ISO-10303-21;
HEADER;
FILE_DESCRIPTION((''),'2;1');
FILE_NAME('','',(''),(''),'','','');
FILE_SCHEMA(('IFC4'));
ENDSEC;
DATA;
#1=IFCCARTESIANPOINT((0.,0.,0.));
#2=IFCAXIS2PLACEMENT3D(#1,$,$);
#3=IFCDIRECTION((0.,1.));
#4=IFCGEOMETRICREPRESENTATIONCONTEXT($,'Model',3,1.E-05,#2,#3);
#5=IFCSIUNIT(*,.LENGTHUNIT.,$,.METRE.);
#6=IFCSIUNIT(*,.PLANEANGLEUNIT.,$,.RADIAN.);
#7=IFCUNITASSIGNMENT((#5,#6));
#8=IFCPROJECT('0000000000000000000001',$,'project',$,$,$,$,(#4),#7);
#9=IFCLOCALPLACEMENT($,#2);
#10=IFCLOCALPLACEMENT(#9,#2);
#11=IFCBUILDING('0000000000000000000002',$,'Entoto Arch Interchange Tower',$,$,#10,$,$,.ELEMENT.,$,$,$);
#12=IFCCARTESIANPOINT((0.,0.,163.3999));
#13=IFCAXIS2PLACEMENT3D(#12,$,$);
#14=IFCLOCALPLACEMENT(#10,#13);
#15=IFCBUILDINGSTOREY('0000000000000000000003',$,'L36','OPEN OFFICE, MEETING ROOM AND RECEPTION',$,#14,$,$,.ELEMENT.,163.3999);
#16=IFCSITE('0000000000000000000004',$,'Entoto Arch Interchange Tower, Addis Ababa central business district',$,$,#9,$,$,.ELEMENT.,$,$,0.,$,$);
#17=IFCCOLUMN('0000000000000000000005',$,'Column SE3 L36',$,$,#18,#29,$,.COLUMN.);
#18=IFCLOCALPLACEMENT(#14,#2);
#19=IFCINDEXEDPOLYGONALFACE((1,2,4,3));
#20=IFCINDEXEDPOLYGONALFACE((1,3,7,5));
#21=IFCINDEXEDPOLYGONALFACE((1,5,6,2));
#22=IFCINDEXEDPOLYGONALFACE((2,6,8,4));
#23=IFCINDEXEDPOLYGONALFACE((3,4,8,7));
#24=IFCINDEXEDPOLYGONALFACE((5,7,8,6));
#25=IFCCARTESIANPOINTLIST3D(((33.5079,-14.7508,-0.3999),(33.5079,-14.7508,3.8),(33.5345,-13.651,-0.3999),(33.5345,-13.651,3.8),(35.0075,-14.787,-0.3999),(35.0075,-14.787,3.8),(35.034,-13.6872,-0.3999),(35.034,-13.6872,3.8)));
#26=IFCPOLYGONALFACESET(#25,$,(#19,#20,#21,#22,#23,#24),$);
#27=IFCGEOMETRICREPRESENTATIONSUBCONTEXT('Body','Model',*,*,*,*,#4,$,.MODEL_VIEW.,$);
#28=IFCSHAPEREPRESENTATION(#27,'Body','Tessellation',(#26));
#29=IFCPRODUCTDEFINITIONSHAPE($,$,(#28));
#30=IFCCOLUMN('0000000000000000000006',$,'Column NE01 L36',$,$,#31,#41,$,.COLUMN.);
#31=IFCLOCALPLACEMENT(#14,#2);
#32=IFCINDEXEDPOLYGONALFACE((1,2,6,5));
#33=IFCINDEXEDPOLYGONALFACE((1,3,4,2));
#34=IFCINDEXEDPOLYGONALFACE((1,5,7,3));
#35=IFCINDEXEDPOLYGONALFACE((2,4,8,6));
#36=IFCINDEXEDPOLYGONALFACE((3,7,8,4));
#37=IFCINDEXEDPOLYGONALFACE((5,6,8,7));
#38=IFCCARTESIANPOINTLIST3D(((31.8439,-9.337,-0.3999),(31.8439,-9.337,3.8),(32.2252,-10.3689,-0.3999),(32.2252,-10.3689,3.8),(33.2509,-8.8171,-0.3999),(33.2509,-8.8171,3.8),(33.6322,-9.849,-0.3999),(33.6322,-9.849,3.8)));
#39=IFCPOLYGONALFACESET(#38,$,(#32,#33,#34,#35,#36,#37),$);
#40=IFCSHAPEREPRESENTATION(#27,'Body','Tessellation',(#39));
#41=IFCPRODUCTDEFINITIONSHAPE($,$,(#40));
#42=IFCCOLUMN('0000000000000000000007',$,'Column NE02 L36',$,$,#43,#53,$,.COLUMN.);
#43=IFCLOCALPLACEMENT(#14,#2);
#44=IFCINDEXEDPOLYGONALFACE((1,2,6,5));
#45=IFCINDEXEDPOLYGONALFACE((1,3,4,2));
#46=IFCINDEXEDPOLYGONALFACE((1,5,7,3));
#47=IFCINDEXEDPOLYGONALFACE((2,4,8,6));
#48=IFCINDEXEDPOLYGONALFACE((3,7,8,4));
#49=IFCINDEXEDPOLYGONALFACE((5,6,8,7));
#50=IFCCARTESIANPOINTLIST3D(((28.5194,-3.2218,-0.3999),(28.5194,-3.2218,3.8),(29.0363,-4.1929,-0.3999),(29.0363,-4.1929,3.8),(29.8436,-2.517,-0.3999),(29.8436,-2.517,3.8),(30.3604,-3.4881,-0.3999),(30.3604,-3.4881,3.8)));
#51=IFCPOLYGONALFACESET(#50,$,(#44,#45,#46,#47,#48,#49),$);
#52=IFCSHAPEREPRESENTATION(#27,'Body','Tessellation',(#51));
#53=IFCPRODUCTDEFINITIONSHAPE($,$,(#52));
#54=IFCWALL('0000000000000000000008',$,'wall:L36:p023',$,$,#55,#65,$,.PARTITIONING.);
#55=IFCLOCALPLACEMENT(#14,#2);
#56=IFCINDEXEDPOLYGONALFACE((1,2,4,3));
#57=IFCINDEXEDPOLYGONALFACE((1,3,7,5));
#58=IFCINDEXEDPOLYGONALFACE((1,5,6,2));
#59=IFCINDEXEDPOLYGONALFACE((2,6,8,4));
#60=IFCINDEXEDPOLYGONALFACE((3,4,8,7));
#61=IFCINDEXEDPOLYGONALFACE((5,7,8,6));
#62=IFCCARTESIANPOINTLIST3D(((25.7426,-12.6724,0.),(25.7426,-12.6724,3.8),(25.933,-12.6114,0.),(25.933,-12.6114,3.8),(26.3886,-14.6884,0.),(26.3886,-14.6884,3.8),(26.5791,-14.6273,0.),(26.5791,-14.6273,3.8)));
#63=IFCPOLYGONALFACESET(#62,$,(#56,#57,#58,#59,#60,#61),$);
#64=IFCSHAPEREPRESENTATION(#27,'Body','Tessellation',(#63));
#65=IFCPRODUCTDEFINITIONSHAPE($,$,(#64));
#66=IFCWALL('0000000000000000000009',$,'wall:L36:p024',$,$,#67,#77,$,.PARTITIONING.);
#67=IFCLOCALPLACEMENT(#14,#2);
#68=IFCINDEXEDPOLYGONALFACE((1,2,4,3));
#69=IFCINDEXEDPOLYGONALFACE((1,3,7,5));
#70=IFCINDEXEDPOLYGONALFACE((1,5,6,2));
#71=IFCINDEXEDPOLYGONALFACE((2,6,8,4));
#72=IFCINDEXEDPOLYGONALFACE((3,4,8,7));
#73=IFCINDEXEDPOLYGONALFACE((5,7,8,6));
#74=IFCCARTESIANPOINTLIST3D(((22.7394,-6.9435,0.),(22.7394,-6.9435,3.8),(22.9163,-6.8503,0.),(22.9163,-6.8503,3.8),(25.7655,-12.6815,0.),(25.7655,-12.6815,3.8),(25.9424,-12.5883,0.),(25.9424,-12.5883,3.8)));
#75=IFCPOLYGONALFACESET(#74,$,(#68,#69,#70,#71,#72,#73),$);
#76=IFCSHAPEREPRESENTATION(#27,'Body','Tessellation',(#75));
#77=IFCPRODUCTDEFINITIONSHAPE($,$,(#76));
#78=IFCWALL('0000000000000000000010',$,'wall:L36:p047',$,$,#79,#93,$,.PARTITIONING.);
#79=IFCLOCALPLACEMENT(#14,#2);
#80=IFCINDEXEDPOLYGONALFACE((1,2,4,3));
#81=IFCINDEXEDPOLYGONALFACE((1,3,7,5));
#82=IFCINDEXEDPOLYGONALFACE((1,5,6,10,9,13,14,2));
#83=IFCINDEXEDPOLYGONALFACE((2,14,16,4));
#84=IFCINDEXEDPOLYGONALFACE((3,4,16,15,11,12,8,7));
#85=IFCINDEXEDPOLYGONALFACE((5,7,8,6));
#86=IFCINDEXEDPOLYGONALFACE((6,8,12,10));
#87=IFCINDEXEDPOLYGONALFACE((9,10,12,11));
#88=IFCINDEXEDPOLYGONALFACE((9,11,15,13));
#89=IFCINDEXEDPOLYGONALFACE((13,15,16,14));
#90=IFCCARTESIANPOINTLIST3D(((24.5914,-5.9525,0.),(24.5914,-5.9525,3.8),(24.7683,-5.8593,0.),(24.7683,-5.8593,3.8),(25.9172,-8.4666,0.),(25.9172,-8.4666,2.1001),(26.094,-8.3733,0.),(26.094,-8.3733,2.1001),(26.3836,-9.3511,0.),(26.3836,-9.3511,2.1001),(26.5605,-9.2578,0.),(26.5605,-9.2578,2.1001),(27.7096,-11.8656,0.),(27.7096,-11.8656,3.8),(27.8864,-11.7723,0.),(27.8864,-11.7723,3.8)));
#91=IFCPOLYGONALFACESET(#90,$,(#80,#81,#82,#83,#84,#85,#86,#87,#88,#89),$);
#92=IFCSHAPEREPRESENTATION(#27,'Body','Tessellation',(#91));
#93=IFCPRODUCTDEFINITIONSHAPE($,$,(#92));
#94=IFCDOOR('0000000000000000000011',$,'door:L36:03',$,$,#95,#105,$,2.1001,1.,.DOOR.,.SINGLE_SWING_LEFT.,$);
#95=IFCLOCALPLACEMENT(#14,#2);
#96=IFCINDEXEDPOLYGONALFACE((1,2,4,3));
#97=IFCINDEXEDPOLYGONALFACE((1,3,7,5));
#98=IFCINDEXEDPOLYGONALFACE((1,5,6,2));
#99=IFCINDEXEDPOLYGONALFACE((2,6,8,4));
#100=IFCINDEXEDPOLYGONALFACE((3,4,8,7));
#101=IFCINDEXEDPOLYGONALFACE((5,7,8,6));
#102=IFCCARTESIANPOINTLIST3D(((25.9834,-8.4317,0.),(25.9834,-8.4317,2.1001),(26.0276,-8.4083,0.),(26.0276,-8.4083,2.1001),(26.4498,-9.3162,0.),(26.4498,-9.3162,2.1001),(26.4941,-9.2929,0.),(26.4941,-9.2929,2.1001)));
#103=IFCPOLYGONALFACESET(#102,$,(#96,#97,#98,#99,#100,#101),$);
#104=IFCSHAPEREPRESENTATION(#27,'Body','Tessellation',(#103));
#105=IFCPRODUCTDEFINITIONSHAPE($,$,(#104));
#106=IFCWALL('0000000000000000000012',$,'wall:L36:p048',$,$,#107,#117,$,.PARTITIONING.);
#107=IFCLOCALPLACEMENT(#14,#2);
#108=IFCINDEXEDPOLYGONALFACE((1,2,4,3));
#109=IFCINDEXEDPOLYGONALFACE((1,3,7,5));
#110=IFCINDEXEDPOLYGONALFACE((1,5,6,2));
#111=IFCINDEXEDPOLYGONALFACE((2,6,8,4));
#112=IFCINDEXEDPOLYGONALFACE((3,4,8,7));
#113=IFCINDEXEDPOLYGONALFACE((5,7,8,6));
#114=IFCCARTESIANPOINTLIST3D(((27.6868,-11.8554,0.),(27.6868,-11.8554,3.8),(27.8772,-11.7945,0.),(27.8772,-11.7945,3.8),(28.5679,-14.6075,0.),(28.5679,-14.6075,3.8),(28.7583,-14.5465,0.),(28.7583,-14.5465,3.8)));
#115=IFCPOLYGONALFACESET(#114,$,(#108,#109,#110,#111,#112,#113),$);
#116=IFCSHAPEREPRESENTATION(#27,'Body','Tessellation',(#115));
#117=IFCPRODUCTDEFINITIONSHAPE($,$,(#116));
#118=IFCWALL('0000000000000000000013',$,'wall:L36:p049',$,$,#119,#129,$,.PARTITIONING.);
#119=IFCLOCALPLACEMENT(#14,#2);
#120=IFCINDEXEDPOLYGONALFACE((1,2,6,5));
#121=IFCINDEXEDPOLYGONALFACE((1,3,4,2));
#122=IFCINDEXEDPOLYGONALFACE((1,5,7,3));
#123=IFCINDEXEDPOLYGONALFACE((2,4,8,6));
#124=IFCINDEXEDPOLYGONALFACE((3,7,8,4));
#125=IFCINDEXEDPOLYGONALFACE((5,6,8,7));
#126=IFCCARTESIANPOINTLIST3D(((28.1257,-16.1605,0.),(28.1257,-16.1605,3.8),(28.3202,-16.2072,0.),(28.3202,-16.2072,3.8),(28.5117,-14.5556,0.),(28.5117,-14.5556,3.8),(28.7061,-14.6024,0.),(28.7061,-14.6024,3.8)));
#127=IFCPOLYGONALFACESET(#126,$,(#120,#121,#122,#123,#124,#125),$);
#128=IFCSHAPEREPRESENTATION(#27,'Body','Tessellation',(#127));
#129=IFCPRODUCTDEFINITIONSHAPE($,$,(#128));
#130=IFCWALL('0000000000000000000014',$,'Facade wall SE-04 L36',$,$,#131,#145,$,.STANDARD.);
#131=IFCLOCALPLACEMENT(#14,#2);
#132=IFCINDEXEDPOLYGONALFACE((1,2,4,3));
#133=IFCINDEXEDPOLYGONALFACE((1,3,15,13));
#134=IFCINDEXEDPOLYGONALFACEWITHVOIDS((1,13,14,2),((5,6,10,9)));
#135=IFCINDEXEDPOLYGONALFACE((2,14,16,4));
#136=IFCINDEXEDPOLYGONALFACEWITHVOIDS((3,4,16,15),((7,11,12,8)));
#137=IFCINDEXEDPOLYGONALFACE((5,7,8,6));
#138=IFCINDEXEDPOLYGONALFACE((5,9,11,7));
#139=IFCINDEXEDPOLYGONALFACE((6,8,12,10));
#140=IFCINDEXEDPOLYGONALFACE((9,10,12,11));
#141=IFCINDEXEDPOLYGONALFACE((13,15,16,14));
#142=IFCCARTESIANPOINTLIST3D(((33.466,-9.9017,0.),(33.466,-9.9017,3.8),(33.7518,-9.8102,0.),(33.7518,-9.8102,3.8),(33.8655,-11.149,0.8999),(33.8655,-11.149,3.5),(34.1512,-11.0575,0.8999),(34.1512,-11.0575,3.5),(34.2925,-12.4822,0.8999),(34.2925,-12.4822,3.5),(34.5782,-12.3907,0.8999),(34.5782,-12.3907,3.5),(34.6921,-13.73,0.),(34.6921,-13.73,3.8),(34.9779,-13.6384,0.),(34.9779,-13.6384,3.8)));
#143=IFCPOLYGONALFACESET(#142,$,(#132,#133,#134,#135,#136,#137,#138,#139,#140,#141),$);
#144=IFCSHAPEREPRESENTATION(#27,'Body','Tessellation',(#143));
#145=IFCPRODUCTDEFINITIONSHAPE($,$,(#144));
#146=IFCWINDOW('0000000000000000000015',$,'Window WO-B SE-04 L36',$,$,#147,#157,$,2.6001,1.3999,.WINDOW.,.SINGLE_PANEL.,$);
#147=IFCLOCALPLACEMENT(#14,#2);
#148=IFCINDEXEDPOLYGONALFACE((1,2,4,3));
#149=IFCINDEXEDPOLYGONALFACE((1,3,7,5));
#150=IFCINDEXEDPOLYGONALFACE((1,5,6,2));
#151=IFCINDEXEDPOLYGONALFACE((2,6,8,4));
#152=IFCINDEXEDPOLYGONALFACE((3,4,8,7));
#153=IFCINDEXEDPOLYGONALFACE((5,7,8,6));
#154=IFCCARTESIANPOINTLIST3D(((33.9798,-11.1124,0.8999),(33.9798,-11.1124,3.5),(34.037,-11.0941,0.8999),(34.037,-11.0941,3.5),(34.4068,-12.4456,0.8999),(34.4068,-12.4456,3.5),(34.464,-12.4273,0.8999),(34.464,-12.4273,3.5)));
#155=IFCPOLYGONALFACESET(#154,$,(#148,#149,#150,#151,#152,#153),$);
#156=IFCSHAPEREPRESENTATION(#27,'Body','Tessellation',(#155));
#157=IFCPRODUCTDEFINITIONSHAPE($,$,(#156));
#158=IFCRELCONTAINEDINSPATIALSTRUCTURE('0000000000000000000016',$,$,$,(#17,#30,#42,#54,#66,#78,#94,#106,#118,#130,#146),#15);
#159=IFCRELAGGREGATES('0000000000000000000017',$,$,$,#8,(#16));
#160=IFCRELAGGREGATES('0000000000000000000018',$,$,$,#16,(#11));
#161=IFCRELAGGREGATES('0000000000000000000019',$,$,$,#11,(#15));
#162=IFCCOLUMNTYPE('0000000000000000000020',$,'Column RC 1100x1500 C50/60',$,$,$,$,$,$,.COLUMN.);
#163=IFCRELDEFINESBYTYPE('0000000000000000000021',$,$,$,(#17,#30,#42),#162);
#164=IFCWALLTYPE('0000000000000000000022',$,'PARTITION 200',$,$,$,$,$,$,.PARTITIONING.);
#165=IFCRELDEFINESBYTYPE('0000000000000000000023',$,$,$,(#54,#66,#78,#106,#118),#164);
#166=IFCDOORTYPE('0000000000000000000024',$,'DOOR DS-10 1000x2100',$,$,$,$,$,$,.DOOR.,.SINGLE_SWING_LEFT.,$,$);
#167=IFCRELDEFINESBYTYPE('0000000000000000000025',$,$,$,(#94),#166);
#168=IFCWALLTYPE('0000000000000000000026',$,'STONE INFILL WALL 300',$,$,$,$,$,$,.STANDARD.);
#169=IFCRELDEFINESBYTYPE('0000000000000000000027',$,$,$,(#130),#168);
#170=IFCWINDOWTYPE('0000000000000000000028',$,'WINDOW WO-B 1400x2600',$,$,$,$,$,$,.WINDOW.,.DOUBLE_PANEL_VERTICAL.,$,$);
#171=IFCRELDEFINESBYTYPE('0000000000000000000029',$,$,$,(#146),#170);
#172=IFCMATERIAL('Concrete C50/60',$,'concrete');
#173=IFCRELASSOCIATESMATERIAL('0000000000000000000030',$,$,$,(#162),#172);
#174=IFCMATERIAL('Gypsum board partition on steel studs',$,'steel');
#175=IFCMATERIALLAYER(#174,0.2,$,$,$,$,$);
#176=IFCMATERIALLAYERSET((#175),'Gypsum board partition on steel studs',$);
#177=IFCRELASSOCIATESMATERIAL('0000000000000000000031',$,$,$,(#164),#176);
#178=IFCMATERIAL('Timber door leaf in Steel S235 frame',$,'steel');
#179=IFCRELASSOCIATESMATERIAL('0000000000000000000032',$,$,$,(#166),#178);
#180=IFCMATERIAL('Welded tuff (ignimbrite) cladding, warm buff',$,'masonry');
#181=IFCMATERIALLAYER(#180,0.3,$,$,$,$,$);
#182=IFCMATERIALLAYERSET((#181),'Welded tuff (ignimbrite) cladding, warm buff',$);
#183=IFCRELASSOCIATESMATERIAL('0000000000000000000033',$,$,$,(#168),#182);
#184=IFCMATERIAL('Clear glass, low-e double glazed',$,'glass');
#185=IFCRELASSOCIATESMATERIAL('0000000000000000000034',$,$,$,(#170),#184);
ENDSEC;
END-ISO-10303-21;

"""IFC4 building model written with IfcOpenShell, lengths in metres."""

from ifc_helpers import new_model, si_unit, direction, frame, frame_2d, origin, origin_2d, place, context, subcontext, project, spatial, rectangle, extrude, material, layer, layer_set, material_profile, profile_set, type_object, element, fill, save


model = new_model("IFC4")

# Units and contexts
model_context = context("Model", 3, precision=1e-05, world=origin(), true_north=direction((0.0, 1.0)))
body_context = subcontext(model_context, "Body", "Model", "MODEL_VIEW")
ifc_project = project(units=[si_unit("LENGTHUNIT", "METRE"), si_unit("PLANEANGLEUNIT", "RADIAN")], contexts=[model_context])

# Site, building, storey
site_placement = place(None, origin())
site = spatial("IfcSite", under=ifc_project, at=site_placement, Name="Entoto Arch Interchange Tower, Addis Ababa central business district", CompositionType="ELEMENT", RefElevation=0.0)
building_placement = place(site_placement, origin())
building = spatial("IfcBuilding", under=site, at=building_placement, Name="Entoto Arch Interchange Tower", CompositionType="ELEMENT")
storey_placement = place(building_placement, frame((0.0, 0.0, 163.3999)))
storey = spatial("IfcBuildingStorey", under=building, at=storey_placement, Name="L36", Description="OPEN OFFICE, MEETING ROOM AND RECEPTION", CompositionType="ELEMENT", Elevation=163.3999)

# Columns
ifc_material_1 = material(Name="Concrete C50/60", Category="concrete")
ifc_material_profile = material_profile(ifc_material_1, rectangle(XDim=1.1001, YDim=1.5, at=origin_2d()))
ifc_profile_set = profile_set([ifc_material_profile], Name="Concrete C50/60")
column_type = type_object("IfcColumnType", Name="Column RC 1100x1500 C50/60", PredefinedType="COLUMN", material=ifc_profile_set)
for number, where, z_axis, x_axis, name in (
    (1, (34.271, -14.219, -0.3999), (0.0, 0.0, 1.0), (0.024118, 0.999709, 0.0), "Column SE3 L36"),
    (2, (32.738, -9.593, -0.3999), (0.0, 0.0, 1.0), (-0.346592, 0.938016, 0.0), "Column NE01 L36"),
    (3, (29.4399, -3.355, -0.3999), (0.0, 0.0, 1.0), (-0.469857, 0.882743, 0.0), "Column NE02 L36"),
):
    element("IfcColumn", number, at=place(storey_placement, frame(where, z_axis=z_axis, x_axis=x_axis)), inside=storey, type_object=column_type, Name=name, PredefinedType="COLUMN", context=body_context, shape_type="SweptSolid", body=[
        extrude(rectangle(XDim=1.1001, YDim=1.5, at=origin_2d()), origin(), (0.0, 0.0, 1.0), 4.2),
    ])

# Walls
ifc_material_2 = material(Name="Gypsum board partition on steel studs", Category="steel")
ifc_layer_1 = layer(ifc_material_2, 0.2)
ifc_layer_set_1 = layer_set([ifc_layer_1], Name="Gypsum board partition on steel studs")
wall_type_1 = type_object("IfcWallType", Name="PARTITION 200", PredefinedType="PARTITIONING", material=ifc_layer_set_1)
wall_1_placement = place(storey_placement, frame((26.4839, -14.658, 0.0), z_axis=(0.0, 0.0, 1.0), x_axis=(-0.305169, 0.952298, 0.0)))
element("IfcWall", 4, at=wall_1_placement, inside=storey, type_object=wall_type_1, Name="wall:L36:p023", PredefinedType="PARTITIONING", context=body_context, shape_type="SweptSolid", body=[
    extrude(rectangle(XDim=2.1169, YDim=0.2, at=frame_2d((1.0586, 0.0))), origin(), (0.0, 0.0, 1.0), 3.8),
])
wall_2_placement = place(storey_placement, frame((25.854, -12.635, 0.0), z_axis=(0.0, 0.0, 1.0), x_axis=(-0.466483, 0.88453, 0.0)))
element("IfcWall", 5, at=wall_2_placement, inside=storey, type_object=wall_type_1, Name="wall:L36:p024", PredefinedType="PARTITIONING", context=body_context, shape_type="SweptSolid", body=[
    extrude(rectangle(XDim=6.4871, YDim=0.2, at=frame_2d((3.2437, 0.0))), origin(), (0.0, 0.0, 1.0), 3.8),
])

# Wall, opening, door
wall_3_placement = place(storey_placement, frame((24.6799, -5.906, 0.0), z_axis=(0.0, 0.0, 1.0), x_axis=(0.466451, -0.884547, 0.0)))
wall_3 = element("IfcWall", 6, at=wall_3_placement, inside=storey, type_object=wall_type_1, Name="wall:L36:p047", PredefinedType="PARTITIONING", context=body_context, shape_type="SweptSolid", body=[
    extrude(rectangle(XDim=6.6848, YDim=0.2, at=frame_2d((3.3423, 0.0))), origin(), (0.0, 0.0, 1.0), 3.8),
])
opening_1_placement = place(wall_3_placement, frame((2.842, 0.0, 0.0)))
opening_1 = element("IfcOpeningElement", 7, at=opening_1_placement, cuts=wall_3, PredefinedType="OPENING", context=body_context, shape_type="SweptSolid", body=[
    extrude(rectangle(XDim=1.0, YDim=2.1001, at=frame_2d((0.5, 1.05))), frame((0.0, 0.1099, 0.0), z_axis=(0.0, -1.0, 0.0), x_axis=(1.0, 0.0, 0.0)), (0.0, 0.0, 1.0), 0.22),
])
ifc_material_3 = material(Name="Timber door leaf in Steel S235 frame", Category="steel")
door_type = type_object("IfcDoorType", Name="DOOR DS-10 1000x2100", OperationType="SINGLE_SWING_LEFT", PredefinedType="DOOR", material=ifc_material_3)
door_placement = place(opening_1_placement, origin())
door = element("IfcDoor", 8, at=door_placement, inside=storey, type_object=door_type, Name="door:L36:03", OperationType="SINGLE_SWING_LEFT", OverallHeight=2.1001, OverallWidth=1.0, PredefinedType="DOOR", context=body_context, shape_type="SweptSolid", body=[
    extrude(rectangle(XDim=1.0, YDim=2.1001, at=frame_2d((0.5, 1.05))), frame((0.0, 0.0249, 0.0), z_axis=(0.0, -1.0, 0.0), x_axis=(1.0, 0.0, 0.0)), (0.0, 0.0, 1.0), 0.05),
])
fill(opening_1, door)

# Walls
wall_4_placement = place(storey_placement, frame((27.782, -11.825, 0.0), z_axis=(0.0, 0.0, 1.0), x_axis=(0.304926, -0.952376, 0.0)))
element("IfcWall", 9, at=wall_4_placement, inside=storey, type_object=wall_type_1, Name="wall:L36:p048", PredefinedType="PARTITIONING", context=body_context, shape_type="SweptSolid", body=[
    extrude(rectangle(XDim=2.8896, YDim=0.2, at=frame_2d((1.4448, 0.0))), origin(), (0.0, 0.0, 1.0), 3.8),
])
wall_5_placement = place(storey_placement, frame((28.6089, -14.5791, 0.0), z_axis=(0.0, 0.0, 1.0), x_axis=(-0.233826, -0.972278, 0.0)))
element("IfcWall", 10, at=wall_5_placement, inside=storey, type_object=wall_type_1, Name="wall:L36:p049", PredefinedType="PARTITIONING", context=body_context, shape_type="SweptSolid", body=[
    extrude(rectangle(XDim=1.6506, YDim=0.2, at=frame_2d((0.8252, 0.0))), origin(), (0.0, 0.0, 1.0), 3.8),
])

# Wall, opening, window
ifc_material_4 = material(Name="Welded tuff (ignimbrite) cladding, warm buff", Category="masonry")
ifc_layer_2 = layer(ifc_material_4, 0.3)
ifc_layer_set_2 = layer_set([ifc_layer_2], Name="Welded tuff (ignimbrite) cladding, warm buff")
wall_type_2 = type_object("IfcWallType", Name="STONE INFILL WALL 300", PredefinedType="STANDARD", material=ifc_layer_set_2)
wall_6_placement = place(storey_placement, frame((34.835, -13.6841, 0.0), z_axis=(0.0, 0.0, 1.0), x_axis=(-0.305018, 0.952347, 0.0)))
wall_6 = element("IfcWall", 11, at=wall_6_placement, inside=storey, type_object=wall_type_2, Name="Facade wall SE-04 L36", PredefinedType="STANDARD", context=body_context, shape_type="SweptSolid", body=[
    extrude(rectangle(XDim=4.0198, YDim=0.3, at=frame_2d((2.0098, 0.0))), origin(), (0.0, 0.0, 1.0), 3.8),
])
opening_2_placement = place(wall_6_placement, frame((1.3101, 0.0, 0.8999)))
opening_2 = element("IfcOpeningElement", 12, at=opening_2_placement, cuts=wall_6, PredefinedType="OPENING", context=body_context, shape_type="SweptSolid", body=[
    extrude(rectangle(XDim=1.3999, YDim=2.6001, at=frame_2d((0.7, 1.3))), frame((0.0, 0.1602, 0.0), z_axis=(0.0, -1.0, 0.0), x_axis=(1.0, 0.0, 0.0)), (0.0, 0.0, 1.0), 0.3201),
])
ifc_material_5 = material(Name="Clear glass, low-e double glazed", Category="glass")
window_type_1 = type_object("IfcWindowType", Name="WINDOW WO-B 1400x2600", PartitioningType="DOUBLE_PANEL_VERTICAL", PredefinedType="WINDOW", material=ifc_material_5)
window_1_placement = place(opening_2_placement, origin())
window_1 = element("IfcWindow", 13, at=window_1_placement, inside=storey, type_object=window_type_1, Name="Window WO-B SE-04 L36", OverallHeight=2.6001, OverallWidth=1.3999, PartitioningType="SINGLE_PANEL", PredefinedType="WINDOW", context=body_context, shape_type="SweptSolid", body=[
    extrude(rectangle(XDim=1.3999, YDim=2.6001, at=frame_2d((0.7, 1.3))), frame((0.0, 0.03, 0.0), z_axis=(0.0, -1.0, 0.0), x_axis=(1.0, 0.0, 0.0)), (0.0, 0.0, 1.0), 0.0601),
])
fill(opening_2, window_1)

save(model, "model.ifc")
